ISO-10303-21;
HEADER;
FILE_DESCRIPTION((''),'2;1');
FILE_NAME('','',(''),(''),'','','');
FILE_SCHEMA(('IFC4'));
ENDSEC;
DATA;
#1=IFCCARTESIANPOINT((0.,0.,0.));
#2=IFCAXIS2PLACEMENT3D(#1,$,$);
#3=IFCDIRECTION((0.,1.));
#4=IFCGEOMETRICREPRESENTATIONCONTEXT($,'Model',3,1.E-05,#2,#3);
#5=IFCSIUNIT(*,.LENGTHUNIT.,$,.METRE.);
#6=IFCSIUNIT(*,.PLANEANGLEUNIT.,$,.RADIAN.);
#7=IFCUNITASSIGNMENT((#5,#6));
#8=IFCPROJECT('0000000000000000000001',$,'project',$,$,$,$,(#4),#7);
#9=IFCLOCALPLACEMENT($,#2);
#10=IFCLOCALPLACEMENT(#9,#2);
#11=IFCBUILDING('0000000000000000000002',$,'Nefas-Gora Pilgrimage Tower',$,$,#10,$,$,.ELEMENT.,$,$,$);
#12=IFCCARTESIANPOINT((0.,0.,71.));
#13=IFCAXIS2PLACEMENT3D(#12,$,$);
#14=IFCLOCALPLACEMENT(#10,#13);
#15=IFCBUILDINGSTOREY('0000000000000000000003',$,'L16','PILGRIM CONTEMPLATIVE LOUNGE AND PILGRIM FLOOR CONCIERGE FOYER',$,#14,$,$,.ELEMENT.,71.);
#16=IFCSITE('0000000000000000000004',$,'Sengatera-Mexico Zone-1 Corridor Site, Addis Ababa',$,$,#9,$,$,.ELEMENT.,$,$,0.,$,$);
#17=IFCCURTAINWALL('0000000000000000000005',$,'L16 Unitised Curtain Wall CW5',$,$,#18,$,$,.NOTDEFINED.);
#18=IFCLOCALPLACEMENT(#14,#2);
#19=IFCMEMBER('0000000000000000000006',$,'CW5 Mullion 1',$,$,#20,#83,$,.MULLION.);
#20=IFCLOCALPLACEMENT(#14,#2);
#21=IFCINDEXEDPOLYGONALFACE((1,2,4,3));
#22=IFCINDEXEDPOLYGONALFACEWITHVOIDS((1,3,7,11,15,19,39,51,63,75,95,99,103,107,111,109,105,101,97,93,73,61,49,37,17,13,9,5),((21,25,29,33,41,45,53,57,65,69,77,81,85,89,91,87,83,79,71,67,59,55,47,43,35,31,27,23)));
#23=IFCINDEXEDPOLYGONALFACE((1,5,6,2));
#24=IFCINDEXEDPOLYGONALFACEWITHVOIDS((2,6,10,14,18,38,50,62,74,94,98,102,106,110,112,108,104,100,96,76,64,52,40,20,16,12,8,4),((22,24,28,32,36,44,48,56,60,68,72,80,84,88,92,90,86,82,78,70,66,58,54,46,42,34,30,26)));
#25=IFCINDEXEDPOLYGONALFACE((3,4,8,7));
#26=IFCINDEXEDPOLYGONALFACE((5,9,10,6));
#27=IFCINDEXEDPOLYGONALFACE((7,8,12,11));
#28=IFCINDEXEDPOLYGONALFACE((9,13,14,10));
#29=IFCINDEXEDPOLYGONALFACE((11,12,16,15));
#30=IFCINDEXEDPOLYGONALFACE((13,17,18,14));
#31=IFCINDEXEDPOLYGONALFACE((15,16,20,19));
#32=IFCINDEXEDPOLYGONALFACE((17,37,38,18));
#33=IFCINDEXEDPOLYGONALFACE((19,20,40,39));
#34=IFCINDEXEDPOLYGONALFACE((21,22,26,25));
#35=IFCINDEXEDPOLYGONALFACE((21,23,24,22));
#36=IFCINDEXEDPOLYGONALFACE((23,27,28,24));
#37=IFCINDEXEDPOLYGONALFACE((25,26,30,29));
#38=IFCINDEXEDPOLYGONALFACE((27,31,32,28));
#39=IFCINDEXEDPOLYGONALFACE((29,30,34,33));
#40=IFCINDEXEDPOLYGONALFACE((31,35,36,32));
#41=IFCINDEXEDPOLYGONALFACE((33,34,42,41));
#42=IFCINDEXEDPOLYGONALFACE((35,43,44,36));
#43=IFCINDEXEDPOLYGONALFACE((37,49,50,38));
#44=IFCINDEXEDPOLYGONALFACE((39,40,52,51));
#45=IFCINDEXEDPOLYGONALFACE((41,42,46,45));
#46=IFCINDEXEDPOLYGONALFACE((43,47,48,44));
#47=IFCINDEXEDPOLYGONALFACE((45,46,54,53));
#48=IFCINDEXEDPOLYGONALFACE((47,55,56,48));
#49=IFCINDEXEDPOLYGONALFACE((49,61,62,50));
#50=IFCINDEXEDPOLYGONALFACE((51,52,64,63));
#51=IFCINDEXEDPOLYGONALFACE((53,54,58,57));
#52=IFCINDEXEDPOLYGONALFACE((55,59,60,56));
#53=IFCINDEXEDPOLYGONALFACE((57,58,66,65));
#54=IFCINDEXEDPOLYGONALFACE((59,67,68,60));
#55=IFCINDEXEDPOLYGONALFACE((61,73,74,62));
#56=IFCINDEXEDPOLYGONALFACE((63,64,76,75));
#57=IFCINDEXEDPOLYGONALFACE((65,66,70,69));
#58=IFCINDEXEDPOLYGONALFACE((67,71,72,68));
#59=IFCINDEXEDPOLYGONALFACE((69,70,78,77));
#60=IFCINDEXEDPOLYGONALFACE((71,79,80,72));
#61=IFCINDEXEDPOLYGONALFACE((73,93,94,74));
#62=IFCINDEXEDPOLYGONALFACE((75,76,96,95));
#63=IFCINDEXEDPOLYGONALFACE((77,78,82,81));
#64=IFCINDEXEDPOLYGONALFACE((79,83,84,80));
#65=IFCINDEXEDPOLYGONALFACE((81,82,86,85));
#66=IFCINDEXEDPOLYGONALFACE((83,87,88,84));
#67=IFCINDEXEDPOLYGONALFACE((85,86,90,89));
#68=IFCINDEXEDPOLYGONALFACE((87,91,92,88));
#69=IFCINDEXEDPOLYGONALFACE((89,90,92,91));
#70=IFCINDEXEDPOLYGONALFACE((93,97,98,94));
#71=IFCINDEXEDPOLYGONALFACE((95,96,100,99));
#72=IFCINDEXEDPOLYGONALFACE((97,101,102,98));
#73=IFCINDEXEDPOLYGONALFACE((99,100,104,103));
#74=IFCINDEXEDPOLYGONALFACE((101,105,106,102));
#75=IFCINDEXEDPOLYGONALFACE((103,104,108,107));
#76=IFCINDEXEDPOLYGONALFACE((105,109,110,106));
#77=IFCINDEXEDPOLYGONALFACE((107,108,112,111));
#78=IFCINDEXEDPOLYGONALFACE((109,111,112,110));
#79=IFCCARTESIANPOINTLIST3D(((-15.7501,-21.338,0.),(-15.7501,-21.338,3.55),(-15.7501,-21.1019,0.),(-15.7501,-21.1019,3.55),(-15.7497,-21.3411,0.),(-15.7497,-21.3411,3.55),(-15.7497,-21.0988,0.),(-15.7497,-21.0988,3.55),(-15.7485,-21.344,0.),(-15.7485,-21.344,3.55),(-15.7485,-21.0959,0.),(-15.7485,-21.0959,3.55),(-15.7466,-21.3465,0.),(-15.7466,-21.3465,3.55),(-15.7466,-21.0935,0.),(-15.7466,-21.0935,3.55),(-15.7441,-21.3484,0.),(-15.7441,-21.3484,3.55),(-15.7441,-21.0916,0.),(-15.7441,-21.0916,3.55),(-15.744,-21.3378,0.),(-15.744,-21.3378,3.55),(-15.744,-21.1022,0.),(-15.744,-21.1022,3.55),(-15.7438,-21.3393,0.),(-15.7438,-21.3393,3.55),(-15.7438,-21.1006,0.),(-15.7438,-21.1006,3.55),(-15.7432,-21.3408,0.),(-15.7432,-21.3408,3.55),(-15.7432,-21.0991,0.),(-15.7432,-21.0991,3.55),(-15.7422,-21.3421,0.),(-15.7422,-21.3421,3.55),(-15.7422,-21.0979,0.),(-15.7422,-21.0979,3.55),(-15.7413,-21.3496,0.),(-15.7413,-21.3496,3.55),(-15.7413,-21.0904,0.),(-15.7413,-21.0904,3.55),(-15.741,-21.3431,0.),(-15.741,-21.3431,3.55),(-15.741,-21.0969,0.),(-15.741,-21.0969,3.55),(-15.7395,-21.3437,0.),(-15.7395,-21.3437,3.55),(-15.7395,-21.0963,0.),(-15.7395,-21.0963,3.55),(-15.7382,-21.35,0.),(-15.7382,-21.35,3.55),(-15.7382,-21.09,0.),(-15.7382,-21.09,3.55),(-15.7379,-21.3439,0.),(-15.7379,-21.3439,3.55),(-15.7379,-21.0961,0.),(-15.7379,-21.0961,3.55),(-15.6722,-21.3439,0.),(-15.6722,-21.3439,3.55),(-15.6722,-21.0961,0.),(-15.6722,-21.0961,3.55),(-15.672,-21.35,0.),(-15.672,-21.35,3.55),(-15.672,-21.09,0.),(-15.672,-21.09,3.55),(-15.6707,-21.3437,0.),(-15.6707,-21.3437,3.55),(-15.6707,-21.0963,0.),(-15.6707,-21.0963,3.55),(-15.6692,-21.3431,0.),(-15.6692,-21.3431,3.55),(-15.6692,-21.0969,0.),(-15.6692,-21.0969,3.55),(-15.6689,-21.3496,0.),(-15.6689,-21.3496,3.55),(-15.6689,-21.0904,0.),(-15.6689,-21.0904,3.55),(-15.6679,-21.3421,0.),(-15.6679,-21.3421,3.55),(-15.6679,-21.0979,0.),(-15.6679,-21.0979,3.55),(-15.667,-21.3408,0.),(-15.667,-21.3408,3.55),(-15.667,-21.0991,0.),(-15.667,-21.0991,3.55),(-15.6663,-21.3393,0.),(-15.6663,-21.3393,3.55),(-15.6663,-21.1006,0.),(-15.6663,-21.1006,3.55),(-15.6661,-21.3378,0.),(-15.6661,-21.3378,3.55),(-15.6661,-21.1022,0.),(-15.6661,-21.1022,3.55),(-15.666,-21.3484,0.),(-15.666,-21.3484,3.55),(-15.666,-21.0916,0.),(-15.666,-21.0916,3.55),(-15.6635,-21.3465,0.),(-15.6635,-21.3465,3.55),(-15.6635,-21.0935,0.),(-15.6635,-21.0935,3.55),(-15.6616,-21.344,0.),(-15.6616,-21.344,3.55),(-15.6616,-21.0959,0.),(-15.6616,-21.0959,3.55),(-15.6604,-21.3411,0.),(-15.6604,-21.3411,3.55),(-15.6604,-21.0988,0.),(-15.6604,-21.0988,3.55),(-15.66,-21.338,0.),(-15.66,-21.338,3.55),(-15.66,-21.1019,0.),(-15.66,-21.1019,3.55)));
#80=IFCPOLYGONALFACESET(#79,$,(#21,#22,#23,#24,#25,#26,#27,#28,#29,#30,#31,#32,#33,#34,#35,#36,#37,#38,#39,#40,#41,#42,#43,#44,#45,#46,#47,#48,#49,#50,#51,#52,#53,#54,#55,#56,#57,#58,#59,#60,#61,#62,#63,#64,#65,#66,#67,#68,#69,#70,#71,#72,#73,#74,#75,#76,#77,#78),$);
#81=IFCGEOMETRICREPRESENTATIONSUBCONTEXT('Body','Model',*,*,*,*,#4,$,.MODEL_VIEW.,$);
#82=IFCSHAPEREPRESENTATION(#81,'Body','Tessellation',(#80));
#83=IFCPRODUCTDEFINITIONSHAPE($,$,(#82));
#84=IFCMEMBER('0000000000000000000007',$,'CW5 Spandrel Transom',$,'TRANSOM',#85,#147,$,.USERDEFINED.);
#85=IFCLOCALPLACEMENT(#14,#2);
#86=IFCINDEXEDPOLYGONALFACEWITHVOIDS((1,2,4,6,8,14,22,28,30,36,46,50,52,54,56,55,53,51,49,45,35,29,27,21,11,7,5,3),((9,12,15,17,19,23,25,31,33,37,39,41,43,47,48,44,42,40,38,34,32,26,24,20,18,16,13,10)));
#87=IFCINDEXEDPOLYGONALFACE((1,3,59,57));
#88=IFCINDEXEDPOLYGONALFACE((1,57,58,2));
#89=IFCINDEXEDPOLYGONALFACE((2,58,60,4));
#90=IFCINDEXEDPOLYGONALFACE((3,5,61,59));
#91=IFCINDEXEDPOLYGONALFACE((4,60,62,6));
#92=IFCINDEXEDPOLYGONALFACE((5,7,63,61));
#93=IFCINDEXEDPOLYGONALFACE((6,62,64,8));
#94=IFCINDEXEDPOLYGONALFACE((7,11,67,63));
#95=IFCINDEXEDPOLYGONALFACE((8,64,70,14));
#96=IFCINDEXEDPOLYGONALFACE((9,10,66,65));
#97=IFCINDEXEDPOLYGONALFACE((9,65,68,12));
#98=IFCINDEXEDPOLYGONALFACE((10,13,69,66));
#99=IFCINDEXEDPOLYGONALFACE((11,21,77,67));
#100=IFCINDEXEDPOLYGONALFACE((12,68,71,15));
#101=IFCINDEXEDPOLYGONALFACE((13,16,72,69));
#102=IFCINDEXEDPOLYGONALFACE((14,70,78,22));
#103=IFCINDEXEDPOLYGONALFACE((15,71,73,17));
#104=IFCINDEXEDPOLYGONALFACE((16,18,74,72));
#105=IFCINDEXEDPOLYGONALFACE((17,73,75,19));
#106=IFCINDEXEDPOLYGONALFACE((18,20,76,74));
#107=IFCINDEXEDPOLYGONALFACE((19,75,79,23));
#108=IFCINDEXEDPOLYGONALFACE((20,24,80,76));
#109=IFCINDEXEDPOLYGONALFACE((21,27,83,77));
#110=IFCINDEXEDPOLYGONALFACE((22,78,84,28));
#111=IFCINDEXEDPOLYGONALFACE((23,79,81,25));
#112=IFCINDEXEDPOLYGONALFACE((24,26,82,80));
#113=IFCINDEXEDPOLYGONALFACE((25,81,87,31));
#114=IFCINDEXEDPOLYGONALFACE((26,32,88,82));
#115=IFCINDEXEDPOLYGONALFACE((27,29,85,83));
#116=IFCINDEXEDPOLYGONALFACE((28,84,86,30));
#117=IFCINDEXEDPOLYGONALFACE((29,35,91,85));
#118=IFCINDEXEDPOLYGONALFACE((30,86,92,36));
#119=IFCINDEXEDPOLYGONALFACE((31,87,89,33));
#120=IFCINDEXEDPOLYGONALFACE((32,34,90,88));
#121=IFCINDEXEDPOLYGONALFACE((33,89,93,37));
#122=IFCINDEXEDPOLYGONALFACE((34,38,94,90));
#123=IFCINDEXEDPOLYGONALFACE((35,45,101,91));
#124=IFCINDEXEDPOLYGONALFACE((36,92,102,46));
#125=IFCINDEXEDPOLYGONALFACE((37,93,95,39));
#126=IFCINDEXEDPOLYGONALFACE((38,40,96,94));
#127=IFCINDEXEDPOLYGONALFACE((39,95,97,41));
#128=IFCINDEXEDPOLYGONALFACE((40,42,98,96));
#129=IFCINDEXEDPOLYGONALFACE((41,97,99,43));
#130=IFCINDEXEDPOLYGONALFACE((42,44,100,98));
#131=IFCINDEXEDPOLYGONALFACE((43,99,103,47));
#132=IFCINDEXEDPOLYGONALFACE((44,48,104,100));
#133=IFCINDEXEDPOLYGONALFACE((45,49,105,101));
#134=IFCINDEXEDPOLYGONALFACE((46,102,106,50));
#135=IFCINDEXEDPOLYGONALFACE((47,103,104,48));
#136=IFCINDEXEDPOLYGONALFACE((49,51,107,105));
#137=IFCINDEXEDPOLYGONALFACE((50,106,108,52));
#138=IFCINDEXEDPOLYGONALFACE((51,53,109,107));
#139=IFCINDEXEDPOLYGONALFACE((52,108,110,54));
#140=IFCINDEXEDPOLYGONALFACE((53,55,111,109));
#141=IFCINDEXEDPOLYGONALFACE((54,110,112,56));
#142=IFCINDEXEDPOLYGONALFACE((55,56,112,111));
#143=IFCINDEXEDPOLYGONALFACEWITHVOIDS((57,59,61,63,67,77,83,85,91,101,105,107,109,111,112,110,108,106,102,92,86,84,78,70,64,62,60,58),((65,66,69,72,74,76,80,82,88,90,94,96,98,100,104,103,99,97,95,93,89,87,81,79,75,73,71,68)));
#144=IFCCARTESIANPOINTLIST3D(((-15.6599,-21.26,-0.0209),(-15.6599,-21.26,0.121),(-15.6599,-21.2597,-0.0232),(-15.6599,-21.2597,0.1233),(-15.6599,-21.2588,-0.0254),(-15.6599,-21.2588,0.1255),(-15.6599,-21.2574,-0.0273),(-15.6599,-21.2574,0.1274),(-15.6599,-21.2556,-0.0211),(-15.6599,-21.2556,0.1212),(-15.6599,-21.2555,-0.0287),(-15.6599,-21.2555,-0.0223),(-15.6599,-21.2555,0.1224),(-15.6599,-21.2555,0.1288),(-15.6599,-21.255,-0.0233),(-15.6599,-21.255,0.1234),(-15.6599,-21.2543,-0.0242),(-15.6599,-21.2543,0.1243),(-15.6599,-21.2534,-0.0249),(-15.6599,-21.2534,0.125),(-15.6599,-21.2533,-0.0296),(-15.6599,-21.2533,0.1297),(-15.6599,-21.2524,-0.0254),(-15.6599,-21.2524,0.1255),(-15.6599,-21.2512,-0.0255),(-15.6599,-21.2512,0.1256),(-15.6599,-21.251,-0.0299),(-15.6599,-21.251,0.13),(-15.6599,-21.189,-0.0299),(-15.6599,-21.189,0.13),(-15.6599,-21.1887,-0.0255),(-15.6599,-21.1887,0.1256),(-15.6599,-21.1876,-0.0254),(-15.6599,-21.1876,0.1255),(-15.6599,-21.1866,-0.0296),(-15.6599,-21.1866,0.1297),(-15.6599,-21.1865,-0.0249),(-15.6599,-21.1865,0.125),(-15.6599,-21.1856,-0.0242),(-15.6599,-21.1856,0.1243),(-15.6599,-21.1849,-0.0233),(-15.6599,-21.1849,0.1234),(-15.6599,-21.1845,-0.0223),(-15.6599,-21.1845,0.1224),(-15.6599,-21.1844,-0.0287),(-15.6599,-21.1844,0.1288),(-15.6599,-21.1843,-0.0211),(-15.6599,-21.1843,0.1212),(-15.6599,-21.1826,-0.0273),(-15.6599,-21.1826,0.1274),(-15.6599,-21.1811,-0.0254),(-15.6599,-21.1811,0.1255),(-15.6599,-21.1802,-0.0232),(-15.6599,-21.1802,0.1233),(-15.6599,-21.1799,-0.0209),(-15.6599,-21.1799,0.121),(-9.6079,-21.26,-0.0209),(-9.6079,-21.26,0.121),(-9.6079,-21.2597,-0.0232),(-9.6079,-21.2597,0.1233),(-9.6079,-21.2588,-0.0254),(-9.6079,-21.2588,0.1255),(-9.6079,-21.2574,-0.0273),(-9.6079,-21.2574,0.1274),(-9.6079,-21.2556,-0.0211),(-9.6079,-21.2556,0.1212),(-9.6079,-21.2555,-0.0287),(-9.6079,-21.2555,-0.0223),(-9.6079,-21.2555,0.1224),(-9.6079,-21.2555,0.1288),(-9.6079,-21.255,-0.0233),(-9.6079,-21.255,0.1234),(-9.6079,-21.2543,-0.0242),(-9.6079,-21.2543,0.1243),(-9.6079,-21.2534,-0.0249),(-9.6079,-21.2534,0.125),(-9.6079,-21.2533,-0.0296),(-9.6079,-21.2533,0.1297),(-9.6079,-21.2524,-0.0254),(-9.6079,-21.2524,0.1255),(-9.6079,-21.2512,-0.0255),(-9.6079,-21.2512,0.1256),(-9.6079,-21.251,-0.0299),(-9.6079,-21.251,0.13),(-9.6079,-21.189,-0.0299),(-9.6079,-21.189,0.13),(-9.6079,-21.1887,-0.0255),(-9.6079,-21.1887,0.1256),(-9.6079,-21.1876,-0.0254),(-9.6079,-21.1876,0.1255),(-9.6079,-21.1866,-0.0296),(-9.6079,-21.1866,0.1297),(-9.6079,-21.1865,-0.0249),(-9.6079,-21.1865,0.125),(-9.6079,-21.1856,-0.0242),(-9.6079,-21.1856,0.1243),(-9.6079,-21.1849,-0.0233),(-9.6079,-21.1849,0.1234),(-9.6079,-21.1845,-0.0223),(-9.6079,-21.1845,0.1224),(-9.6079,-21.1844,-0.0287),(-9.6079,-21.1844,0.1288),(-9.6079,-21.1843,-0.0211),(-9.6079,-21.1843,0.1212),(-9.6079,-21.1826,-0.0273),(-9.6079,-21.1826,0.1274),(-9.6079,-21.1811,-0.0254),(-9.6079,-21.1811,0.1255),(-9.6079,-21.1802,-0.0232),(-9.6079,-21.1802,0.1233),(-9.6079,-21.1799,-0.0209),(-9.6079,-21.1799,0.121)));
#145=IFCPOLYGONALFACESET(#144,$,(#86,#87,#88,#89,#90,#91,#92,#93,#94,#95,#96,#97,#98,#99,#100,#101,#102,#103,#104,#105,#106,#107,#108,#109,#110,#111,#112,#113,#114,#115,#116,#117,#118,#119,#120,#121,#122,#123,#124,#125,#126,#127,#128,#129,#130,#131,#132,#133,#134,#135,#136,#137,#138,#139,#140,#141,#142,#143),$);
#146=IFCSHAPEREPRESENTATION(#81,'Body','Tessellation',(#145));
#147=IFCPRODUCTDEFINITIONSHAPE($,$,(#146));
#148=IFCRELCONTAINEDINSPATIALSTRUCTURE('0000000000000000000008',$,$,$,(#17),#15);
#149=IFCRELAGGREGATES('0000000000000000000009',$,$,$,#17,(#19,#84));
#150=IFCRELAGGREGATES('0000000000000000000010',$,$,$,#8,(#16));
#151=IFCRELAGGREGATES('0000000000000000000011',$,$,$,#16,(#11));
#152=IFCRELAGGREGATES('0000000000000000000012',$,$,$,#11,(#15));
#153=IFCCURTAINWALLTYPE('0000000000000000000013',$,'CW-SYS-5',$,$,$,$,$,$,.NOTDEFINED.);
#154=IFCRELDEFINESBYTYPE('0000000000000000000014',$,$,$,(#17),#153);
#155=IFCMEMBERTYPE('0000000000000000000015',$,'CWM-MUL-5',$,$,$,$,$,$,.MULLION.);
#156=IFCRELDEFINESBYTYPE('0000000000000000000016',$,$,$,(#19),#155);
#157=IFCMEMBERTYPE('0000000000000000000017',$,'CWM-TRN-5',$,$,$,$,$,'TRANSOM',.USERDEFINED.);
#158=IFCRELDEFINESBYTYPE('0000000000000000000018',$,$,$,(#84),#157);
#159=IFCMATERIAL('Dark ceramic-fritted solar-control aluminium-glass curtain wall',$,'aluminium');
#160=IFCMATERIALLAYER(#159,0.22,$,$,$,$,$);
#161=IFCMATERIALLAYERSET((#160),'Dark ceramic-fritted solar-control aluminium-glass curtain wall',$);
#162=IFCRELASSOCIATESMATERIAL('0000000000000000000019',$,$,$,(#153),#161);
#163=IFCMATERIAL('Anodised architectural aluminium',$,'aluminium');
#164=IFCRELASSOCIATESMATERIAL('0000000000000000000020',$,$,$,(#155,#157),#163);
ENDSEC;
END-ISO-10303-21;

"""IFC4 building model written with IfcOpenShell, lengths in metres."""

from ifc_helpers import new_model, si_unit, direction, frame, origin, origin_2d, place, context, subcontext, project, spatial, hollow_rectangle, extrude, source, transform, mapped, material, layer, layer_set, material_profile, profile_set, type_object, element, aggregate, save


model = new_model("IFC4")

# Units and contexts
model_context = context("Model", 3, precision=1e-05, world=origin(), true_north=direction((0.0, 1.0)))
body_context = subcontext(model_context, "Body", "Model", "MODEL_VIEW")
ifc_project = project(units=[si_unit("LENGTHUNIT", "METRE"), si_unit("PLANEANGLEUNIT", "RADIAN")], contexts=[model_context])

# Site, building, storey
site_placement = place(None, origin())
site = spatial("IfcSite", under=ifc_project, at=site_placement, Name="Sengatera-Mexico Zone-1 Corridor Site, Addis Ababa", CompositionType="ELEMENT", RefElevation=0.0)
building_placement = place(site_placement, origin())
building = spatial("IfcBuilding", under=site, at=building_placement, Name="Nefas-Gora Pilgrimage Tower", CompositionType="ELEMENT")
storey_placement = place(building_placement, frame((0.0, 0.0, 71.0)))
storey = spatial("IfcBuildingStorey", under=building, at=storey_placement, Name="L16", Description="PILGRIM CONTEMPLATIVE LOUNGE AND PILGRIM FLOOR CONCIERGE FOYER", CompositionType="ELEMENT", Elevation=71.0)

# Curtain wall, members
ifc_material_1 = material(Name="Dark ceramic-fritted solar-control aluminium-glass curtain wall", Category="aluminium")
ifc_layer_1 = layer(ifc_material_1, 0.22)
ifc_layer_set_1 = layer_set([ifc_layer_1], Name="Dark ceramic-fritted solar-control aluminium-glass curtain wall")
curtain_wall_type_1 = type_object("IfcCurtainWallType", Name="CW-SYS-5", PredefinedType="NOTDEFINED", material=ifc_layer_set_1)
curtain_wall_1_placement = place(storey_placement, origin())
curtain_wall_1 = element("IfcCurtainWall", 1, at=curtain_wall_1_placement, inside=storey, type_object=curtain_wall_type_1, Name="L16 Unitised Curtain Wall CW5", PredefinedType="NOTDEFINED")
ifc_material_2 = material(Name="Anodised architectural aluminium", Category="aluminium")
ifc_material_profile_1 = material_profile(ifc_material_2, hollow_rectangle(XDim=0.0901, YDim=0.26, WallThickness=0.0061, InnerFilletRadius=0.0061, OuterFilletRadius=0.012, at=origin_2d()), Name="ALU MULLION 90x260")
ifc_profile_set_1 = profile_set([ifc_material_profile_1], Name="Anodised architectural aluminium")
member_type_1 = type_object("IfcMemberType", Name="CWM-MUL-5", PredefinedType="MULLION", material=ifc_profile_set_1)
shared_shape_1 = source(origin(), body_context, "Body", "SweptSolid", [
    extrude(hollow_rectangle(XDim=0.0901, YDim=0.26, WallThickness=0.0061, InnerFilletRadius=0.0061, OuterFilletRadius=0.012, at=origin_2d()), origin(), (0.0, 0.0, 1.0), 3.55),
])
member_1_placement = place(storey_placement, frame((-15.7051, -21.22, 0.0), z_axis=(0.0, 0.0, 1.0), x_axis=(1.0, 0.0, 0.0)))
member_1 = element("IfcMember", 2, at=member_1_placement, type_object=member_type_1, Name="CW5 Mullion 1", PredefinedType="MULLION", context=body_context, shape_type="MappedRepresentation", body=[
    mapped(shared_shape_1, transform((0.0, 0.0, 0.0), x_axis=(1.0, 0.0, 0.0), y_axis=(0.0, 1.0, 0.0), z_axis=(0.0, 0.0, 1.0), scale=1.0)),
])
ifc_material_profile_2 = material_profile(ifc_material_2, hollow_rectangle(XDim=0.0801, YDim=0.1599, WallThickness=0.0044, InnerFilletRadius=0.0044, OuterFilletRadius=0.009, at=origin_2d()), Name="ALU TRANSOM 80x160")
ifc_profile_set_2 = profile_set([ifc_material_profile_2], Name="Anodised architectural aluminium")
member_type_2 = type_object("IfcMemberType", Name="CWM-TRN-5", ElementType="TRANSOM", PredefinedType="USERDEFINED", material=ifc_profile_set_2)
shared_shape_2 = source(origin(), body_context, "Body", "SweptSolid", [
    extrude(hollow_rectangle(XDim=0.0801, YDim=0.1599, WallThickness=0.0044, InnerFilletRadius=0.0044, OuterFilletRadius=0.009, at=origin_2d()), origin(), (0.0, 0.0, 1.0), 6.052),
])
member_2_placement = place(storey_placement, frame((-15.6599, -21.22, 0.05), z_axis=(1.0, 0.0, 0.0), x_axis=(0.0, 1.0, 0.0)))
member_2 = element("IfcMember", 3, at=member_2_placement, type_object=member_type_2, Name="CW5 Spandrel Transom", ObjectType="TRANSOM", PredefinedType="USERDEFINED", context=body_context, shape_type="MappedRepresentation", body=[
    mapped(shared_shape_2, transform((0.0, 0.0, 0.0), x_axis=(1.0, 0.0, 0.0), y_axis=(0.0, 1.0, 0.0), z_axis=(0.0, 0.0, 1.0), scale=1.0)),
])

aggregate(curtain_wall_1, [member_1, member_2])

save(model, "model.ifc")
